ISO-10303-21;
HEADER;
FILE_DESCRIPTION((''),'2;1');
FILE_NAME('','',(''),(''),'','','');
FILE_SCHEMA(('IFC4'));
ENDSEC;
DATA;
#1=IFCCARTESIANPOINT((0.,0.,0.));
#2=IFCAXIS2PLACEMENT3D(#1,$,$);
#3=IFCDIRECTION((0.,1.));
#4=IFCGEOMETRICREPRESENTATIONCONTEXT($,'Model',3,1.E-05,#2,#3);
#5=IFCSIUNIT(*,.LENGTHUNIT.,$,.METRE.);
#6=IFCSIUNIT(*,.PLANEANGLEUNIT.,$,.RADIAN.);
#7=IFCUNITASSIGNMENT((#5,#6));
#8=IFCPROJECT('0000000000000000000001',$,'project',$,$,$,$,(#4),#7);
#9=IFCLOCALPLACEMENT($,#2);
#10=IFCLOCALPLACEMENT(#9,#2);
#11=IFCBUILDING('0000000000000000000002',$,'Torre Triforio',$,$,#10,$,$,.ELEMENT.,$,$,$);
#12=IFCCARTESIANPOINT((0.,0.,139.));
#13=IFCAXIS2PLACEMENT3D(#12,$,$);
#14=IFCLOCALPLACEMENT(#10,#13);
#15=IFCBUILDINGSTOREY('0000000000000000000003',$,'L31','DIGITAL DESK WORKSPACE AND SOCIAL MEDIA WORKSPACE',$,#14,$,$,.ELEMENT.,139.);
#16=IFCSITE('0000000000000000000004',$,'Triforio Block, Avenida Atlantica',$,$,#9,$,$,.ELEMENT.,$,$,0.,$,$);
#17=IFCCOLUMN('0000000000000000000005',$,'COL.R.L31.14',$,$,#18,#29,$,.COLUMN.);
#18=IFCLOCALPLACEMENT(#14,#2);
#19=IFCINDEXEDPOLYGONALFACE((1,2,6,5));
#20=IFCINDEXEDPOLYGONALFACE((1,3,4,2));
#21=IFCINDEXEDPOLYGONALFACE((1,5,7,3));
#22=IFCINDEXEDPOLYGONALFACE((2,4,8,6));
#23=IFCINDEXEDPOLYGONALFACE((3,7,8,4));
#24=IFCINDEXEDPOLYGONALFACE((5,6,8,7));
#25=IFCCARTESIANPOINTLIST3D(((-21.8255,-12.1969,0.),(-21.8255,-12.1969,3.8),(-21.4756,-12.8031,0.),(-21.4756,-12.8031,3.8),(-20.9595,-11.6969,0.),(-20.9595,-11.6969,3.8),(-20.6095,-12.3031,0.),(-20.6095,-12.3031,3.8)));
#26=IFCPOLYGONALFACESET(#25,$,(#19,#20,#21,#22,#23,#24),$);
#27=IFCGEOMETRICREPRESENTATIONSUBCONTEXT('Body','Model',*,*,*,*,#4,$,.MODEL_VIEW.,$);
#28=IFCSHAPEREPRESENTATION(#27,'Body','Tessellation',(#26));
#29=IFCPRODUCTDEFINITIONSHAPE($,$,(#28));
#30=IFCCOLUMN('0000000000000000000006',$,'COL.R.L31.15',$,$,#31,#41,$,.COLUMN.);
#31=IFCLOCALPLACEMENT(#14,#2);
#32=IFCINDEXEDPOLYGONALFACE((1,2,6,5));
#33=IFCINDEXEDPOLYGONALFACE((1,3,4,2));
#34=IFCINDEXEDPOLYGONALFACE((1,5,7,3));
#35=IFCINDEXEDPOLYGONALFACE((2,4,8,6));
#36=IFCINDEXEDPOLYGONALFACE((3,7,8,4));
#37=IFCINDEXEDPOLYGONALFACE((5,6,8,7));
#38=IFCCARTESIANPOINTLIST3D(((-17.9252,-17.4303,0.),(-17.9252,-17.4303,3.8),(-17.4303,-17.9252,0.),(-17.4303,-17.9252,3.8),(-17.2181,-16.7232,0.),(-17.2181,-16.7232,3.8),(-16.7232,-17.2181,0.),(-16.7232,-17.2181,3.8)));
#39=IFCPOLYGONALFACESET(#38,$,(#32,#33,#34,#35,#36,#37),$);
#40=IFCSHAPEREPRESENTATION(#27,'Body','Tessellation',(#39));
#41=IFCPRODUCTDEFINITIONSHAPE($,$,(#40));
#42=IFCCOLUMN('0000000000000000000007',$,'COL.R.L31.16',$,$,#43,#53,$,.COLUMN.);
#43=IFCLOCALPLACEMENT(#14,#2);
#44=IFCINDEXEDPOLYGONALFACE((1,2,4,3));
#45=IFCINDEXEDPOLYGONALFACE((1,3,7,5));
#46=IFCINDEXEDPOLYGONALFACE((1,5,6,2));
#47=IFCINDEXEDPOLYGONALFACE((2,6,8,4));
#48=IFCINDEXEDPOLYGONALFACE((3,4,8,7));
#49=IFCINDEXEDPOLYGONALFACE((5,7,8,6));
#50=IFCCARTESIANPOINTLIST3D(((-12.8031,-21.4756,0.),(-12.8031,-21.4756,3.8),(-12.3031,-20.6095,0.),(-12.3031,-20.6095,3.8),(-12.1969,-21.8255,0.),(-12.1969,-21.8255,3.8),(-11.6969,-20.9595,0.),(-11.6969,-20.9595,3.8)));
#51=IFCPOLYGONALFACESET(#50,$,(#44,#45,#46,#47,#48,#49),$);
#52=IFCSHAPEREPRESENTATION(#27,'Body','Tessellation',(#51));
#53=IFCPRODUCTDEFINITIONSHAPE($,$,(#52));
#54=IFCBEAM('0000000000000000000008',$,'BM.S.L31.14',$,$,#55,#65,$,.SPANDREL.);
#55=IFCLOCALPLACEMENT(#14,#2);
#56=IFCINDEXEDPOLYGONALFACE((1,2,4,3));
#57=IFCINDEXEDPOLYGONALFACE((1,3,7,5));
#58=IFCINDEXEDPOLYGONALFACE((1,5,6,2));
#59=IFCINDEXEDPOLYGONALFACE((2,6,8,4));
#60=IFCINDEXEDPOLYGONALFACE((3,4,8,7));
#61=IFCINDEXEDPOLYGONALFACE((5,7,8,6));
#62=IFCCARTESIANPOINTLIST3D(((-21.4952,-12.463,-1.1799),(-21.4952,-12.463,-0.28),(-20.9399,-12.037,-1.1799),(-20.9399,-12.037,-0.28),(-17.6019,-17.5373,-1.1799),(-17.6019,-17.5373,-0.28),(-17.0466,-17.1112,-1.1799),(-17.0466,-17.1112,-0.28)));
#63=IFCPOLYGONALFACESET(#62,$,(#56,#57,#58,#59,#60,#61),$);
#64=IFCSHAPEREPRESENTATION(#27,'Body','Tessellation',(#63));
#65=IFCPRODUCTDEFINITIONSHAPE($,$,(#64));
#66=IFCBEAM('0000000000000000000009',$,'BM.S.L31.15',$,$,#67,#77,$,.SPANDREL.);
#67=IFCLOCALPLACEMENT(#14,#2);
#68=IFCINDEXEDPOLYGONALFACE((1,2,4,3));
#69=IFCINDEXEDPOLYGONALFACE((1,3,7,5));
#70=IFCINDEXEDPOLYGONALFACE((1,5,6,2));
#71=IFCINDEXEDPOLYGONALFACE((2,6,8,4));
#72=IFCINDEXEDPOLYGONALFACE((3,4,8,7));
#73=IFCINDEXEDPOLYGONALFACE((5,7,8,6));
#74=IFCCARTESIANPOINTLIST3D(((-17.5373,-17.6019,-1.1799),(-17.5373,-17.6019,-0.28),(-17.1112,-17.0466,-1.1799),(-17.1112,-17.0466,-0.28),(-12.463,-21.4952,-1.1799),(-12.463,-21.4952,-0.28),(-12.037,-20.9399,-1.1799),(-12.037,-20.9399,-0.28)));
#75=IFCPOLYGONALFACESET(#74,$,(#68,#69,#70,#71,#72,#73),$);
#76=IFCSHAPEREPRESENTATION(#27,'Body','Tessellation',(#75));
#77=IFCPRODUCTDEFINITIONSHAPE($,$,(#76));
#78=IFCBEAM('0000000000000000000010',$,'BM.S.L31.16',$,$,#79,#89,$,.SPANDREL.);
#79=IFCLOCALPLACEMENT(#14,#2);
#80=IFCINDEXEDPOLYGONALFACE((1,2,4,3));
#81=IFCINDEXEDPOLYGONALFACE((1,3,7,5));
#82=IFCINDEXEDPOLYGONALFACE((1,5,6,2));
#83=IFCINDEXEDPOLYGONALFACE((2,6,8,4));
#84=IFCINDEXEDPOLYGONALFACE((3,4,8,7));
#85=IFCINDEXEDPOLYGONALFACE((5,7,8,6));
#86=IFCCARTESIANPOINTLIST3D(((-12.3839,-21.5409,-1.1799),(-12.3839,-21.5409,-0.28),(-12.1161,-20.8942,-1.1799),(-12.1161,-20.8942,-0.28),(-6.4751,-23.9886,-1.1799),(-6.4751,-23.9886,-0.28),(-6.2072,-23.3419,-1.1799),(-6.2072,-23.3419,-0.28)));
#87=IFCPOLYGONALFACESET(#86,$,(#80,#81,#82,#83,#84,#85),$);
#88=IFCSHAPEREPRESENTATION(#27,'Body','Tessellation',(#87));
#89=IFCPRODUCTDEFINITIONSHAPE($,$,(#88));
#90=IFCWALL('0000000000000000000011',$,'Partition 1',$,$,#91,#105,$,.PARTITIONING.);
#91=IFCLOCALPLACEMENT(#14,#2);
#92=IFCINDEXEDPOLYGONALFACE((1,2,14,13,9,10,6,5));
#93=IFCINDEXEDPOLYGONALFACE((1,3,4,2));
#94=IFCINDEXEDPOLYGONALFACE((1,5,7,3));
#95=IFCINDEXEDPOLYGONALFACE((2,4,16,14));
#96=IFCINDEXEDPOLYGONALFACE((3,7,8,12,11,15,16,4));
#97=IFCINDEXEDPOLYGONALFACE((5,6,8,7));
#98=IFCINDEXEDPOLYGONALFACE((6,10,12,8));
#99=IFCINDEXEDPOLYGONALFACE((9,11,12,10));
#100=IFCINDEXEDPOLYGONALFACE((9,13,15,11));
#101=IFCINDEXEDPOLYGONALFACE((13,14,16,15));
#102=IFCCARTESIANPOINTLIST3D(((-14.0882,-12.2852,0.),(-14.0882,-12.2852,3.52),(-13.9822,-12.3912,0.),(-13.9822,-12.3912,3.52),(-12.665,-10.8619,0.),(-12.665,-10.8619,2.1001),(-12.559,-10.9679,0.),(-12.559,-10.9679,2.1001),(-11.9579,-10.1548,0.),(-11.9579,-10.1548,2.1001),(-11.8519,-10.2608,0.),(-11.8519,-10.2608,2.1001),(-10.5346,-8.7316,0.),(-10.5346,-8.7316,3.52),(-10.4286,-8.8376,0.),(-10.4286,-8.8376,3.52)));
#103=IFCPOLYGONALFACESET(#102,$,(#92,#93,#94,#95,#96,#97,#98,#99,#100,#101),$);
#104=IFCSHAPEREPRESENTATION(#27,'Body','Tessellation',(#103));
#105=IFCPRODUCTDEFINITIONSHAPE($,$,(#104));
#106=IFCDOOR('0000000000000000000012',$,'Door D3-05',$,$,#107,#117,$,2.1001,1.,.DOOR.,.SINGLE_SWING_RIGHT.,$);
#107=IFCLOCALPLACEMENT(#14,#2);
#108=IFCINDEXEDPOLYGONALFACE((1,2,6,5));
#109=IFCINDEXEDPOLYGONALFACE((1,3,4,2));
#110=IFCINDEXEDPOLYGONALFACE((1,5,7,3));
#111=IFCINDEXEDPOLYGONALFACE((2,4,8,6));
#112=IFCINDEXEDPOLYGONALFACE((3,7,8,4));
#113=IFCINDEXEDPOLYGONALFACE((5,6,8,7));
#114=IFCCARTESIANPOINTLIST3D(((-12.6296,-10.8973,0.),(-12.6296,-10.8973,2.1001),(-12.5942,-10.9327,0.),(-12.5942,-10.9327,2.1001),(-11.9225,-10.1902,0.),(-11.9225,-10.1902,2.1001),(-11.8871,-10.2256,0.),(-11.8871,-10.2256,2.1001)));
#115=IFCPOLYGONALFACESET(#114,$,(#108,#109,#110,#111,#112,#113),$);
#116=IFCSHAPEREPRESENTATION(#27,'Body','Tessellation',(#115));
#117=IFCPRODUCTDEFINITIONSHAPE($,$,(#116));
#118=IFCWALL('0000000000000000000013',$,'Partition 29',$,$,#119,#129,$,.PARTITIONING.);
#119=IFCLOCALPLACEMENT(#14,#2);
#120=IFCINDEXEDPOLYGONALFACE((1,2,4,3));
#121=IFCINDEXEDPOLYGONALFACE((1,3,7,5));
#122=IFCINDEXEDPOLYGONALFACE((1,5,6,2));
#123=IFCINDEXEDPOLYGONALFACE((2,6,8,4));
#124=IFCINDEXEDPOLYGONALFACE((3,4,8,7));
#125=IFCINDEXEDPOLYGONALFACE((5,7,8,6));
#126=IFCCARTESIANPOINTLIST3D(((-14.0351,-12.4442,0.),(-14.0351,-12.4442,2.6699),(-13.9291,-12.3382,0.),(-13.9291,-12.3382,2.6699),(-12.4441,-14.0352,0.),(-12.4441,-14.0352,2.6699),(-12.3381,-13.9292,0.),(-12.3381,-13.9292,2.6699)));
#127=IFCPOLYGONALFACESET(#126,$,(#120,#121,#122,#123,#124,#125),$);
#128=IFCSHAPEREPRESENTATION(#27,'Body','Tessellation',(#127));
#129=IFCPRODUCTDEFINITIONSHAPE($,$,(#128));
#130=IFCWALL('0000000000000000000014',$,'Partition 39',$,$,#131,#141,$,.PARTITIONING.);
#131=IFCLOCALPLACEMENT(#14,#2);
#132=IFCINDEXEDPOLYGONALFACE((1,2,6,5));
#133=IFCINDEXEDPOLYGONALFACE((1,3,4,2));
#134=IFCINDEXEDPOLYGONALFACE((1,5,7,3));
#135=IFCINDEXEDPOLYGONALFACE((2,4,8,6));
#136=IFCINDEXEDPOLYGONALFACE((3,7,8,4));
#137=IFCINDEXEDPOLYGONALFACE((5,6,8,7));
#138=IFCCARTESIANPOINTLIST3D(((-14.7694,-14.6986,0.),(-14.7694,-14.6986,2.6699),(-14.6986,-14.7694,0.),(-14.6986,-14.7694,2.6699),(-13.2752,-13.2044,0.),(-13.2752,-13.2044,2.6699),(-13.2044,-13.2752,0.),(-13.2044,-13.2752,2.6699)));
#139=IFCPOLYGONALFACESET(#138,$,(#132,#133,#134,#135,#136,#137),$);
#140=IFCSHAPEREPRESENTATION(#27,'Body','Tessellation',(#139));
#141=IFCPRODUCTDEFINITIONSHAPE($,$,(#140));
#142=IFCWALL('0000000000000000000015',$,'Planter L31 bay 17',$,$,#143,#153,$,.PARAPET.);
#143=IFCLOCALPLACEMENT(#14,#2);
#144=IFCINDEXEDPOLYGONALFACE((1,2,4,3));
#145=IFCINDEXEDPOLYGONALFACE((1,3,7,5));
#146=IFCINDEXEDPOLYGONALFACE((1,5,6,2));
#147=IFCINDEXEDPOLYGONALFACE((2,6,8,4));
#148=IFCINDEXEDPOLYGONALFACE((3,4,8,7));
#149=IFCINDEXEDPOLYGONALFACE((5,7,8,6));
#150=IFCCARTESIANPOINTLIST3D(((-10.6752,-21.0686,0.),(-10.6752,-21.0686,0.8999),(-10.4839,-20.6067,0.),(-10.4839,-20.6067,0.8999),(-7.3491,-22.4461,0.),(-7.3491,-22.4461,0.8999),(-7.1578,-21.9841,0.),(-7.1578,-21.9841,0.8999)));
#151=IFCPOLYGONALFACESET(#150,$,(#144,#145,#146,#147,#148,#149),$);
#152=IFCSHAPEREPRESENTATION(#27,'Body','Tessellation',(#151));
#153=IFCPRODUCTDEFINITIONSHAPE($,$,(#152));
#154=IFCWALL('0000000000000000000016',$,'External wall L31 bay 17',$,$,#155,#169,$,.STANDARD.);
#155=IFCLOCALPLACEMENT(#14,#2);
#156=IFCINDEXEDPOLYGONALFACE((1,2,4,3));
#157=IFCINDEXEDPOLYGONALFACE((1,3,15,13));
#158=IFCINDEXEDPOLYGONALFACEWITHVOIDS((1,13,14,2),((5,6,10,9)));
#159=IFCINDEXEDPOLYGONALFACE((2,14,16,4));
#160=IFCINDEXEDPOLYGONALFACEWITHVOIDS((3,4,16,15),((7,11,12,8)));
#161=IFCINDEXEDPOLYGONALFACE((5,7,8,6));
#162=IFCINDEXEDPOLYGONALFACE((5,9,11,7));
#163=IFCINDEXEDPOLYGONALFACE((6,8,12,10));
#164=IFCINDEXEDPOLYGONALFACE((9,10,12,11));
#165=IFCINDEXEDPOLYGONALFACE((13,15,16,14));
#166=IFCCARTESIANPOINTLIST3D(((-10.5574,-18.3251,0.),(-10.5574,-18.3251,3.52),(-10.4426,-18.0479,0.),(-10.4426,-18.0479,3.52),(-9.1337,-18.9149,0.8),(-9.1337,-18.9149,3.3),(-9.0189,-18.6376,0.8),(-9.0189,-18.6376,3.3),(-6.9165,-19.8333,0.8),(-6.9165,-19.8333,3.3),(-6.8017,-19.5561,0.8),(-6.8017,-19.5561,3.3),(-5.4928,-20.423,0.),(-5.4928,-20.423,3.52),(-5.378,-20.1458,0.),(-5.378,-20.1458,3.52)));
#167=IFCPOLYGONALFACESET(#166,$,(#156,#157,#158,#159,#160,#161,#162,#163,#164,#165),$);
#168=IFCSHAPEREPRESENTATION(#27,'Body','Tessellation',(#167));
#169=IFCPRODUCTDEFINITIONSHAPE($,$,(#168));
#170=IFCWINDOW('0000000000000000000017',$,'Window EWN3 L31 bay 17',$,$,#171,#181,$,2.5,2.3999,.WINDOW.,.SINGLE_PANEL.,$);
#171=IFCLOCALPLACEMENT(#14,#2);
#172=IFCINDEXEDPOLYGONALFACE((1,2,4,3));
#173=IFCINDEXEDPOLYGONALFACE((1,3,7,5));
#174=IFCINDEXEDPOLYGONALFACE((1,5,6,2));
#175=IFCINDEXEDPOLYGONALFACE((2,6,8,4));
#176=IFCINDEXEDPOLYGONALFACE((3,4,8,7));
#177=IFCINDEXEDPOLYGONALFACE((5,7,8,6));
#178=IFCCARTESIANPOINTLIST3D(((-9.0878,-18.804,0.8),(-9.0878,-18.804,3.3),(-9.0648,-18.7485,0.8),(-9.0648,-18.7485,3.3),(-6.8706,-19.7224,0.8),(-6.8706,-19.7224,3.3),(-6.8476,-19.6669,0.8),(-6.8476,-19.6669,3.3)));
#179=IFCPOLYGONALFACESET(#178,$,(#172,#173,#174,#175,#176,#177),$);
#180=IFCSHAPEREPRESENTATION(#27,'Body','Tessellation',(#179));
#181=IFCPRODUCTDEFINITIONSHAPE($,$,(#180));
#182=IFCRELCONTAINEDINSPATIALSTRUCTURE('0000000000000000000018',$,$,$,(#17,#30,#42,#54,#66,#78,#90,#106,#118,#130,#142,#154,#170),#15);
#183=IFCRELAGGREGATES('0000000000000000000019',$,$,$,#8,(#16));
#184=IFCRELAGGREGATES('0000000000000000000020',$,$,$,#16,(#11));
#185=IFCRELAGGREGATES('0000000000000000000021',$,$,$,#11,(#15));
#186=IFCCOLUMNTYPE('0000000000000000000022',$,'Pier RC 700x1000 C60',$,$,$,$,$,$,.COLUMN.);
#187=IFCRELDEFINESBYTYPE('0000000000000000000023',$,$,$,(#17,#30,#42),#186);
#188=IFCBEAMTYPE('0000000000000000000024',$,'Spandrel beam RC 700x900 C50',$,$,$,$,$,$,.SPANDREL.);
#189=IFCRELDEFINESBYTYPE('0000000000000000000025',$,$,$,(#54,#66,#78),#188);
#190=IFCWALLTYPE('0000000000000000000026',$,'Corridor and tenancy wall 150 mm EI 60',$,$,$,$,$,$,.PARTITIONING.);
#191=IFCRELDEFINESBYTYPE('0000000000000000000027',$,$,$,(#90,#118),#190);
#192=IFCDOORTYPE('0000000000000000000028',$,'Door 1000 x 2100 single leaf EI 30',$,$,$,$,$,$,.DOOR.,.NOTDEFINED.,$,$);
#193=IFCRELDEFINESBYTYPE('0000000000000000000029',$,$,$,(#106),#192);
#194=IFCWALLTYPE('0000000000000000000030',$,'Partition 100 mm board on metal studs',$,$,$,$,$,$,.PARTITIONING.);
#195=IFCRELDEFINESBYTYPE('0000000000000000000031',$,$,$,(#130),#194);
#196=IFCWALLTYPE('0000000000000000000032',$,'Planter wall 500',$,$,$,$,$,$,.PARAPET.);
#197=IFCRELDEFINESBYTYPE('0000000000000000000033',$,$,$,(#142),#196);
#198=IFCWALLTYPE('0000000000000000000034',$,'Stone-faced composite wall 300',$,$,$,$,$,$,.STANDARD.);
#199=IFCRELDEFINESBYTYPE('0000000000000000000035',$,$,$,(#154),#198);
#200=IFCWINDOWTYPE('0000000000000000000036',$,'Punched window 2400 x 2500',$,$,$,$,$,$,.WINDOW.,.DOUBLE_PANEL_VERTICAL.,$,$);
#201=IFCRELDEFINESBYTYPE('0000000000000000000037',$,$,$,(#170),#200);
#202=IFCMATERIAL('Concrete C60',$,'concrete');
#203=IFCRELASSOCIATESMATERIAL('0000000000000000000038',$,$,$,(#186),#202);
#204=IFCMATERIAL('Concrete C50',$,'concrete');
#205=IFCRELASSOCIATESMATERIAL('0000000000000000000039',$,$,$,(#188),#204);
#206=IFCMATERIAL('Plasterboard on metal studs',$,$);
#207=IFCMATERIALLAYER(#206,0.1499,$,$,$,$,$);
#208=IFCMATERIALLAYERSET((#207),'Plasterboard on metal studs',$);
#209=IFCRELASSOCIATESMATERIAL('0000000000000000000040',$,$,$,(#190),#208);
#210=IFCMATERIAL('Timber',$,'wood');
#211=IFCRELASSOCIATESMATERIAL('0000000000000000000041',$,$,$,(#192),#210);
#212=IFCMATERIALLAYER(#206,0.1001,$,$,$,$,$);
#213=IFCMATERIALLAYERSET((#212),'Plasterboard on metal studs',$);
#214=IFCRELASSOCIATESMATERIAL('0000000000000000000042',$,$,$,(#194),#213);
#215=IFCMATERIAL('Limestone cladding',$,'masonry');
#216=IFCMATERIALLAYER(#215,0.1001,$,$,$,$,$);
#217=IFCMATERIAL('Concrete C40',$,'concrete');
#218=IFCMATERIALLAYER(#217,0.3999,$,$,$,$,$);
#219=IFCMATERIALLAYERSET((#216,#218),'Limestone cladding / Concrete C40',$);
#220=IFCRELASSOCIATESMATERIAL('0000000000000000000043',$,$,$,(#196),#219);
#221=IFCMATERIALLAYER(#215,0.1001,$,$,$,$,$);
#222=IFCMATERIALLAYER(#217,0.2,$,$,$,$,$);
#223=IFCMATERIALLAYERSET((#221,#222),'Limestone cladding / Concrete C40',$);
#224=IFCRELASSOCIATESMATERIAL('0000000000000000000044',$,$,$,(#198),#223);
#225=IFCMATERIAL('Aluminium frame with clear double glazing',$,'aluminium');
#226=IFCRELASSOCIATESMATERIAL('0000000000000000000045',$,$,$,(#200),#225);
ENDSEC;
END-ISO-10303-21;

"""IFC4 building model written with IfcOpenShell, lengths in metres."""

from ifc_helpers import new_model, si_unit, direction, frame, frame_2d, origin, origin_2d, place, context, subcontext, project, spatial, rectangle, extrude, material, layer, layer_set, material_profile, profile_set, type_object, element, fill, save


model = new_model("IFC4")

# Units and contexts
model_context = context("Model", 3, precision=1e-05, world=origin(), true_north=direction((0.0, 1.0)))
body_context = subcontext(model_context, "Body", "Model", "MODEL_VIEW")
ifc_project = project(units=[si_unit("LENGTHUNIT", "METRE"), si_unit("PLANEANGLEUNIT", "RADIAN")], contexts=[model_context])

# Site, building, storey
site_placement = place(None, origin())
site = spatial("IfcSite", under=ifc_project, at=site_placement, Name="Triforio Block, Avenida Atlantica", CompositionType="ELEMENT", RefElevation=0.0)
building_placement = place(site_placement, origin())
building = spatial("IfcBuilding", under=site, at=building_placement, Name="Torre Triforio", CompositionType="ELEMENT")
storey_placement = place(building_placement, frame((0.0, 0.0, 139.0)))
storey = spatial("IfcBuildingStorey", under=building, at=storey_placement, Name="L31", Description="DIGITAL DESK WORKSPACE AND SOCIAL MEDIA WORKSPACE", CompositionType="ELEMENT", Elevation=139.0)

# Columns
ifc_material_1 = material(Name="Concrete C60", Category="concrete")
ifc_material_profile_1 = material_profile(ifc_material_1, rectangle(XDim=0.7, YDim=1.0, at=origin_2d()), Name="RC 700x1000")
ifc_profile_set_1 = profile_set([ifc_material_profile_1], Name="Concrete C60")
column_type = type_object("IfcColumnType", Name="Pier RC 700x1000 C60", PredefinedType="COLUMN", material=ifc_profile_set_1)
for number, where, z_axis, x_axis, name in (
    (1, (-21.2175, -12.25, 0.0), (0.0, 0.0, 1.0), (0.5, -0.866025, 0.0), "COL.R.L31.14"),
    (2, (-17.3242, -17.3242, 0.0), (0.0, 0.0, 1.0), (0.707107, -0.707107, 0.0), "COL.R.L31.15"),
    (3, (-12.25, -21.2175, 0.0), (0.0, 0.0, 1.0), (0.866025, -0.5, 0.0), "COL.R.L31.16"),
):
    element("IfcColumn", number, at=place(storey_placement, frame(where, z_axis=z_axis, x_axis=x_axis)), inside=storey, type_object=column_type, Name=name, PredefinedType="COLUMN", context=body_context, shape_type="SweptSolid", body=[
        extrude(rectangle(XDim=0.7, YDim=1.0, at=origin_2d()), origin(), (0.0, 0.0, 1.0), 3.8),
    ])

# Beams
ifc_material_2 = material(Name="Concrete C50", Category="concrete")
ifc_material_profile_2 = material_profile(ifc_material_2, rectangle(XDim=0.7, YDim=0.8999, at=origin_2d()), Name="RC 700x900")
ifc_profile_set_2 = profile_set([ifc_material_profile_2], Name="Concrete C50")
beam_type = type_object("IfcBeamType", Name="Spandrel beam RC 700x900 C50", PredefinedType="SPANDREL", material=ifc_profile_set_2)
for number, where, z_axis, x_axis, name in (
    (4, (-21.2175, -12.25, -0.73), (0.608734, -0.793374, 0.0), (0.793374, 0.608734, 0.0), "BM.S.L31.14"),
    (5, (-17.3242, -17.3242, -0.73), (0.793374, -0.608734, 0.0), (0.608734, 0.793374, 0.0), "BM.S.L31.15"),
    (6, (-12.25, -21.2175, -0.73), (0.923869, -0.382709, 0.0), (0.382709, 0.923869, 0.0), "BM.S.L31.16"),
):
    element("IfcBeam", number, at=place(storey_placement, frame(where, z_axis=z_axis, x_axis=x_axis)), inside=storey, type_object=beam_type, Name=name, PredefinedType="SPANDREL", context=body_context, shape_type="SweptSolid", body=[
        extrude(rectangle(XDim=0.7, YDim=0.8999, at=origin_2d()), origin(), (0.0, 0.0, 1.0), 6.3958),
    ])

# Wall, opening, door
ifc_material_3 = material(Name="Plasterboard on metal studs")
ifc_layer_1 = layer(ifc_material_3, 0.1499)
ifc_layer_set_1 = layer_set([ifc_layer_1], Name="Plasterboard on metal studs")
wall_type_1 = type_object("IfcWallType", Name="Corridor and tenancy wall 150 mm EI 60", PredefinedType="PARTITIONING", material=ifc_layer_set_1)
wall_1_placement = place(storey_placement, frame((-14.0352, -12.3381, 0.0), z_axis=(0.0, 0.0, 1.0), x_axis=(0.707107, 0.707107, 0.0)))
wall_1 = element("IfcWall", 7, at=wall_1_placement, inside=storey, type_object=wall_type_1, Name="Partition 1", PredefinedType="PARTITIONING", context=body_context, shape_type="SweptSolid", body=[
    extrude(rectangle(XDim=5.0256, YDim=0.1499, at=frame_2d((2.5127, 0.0))), origin(), (0.0, 0.0, 1.0), 3.52),
])
opening_1_placement = place(wall_1_placement, frame((2.0127, 0.0, 0.0)))
opening_1 = element("IfcOpeningElement", 8, at=opening_1_placement, cuts=wall_1, PredefinedType="OPENING", context=body_context, shape_type="SweptSolid", body=[
    extrude(rectangle(XDim=1.0, YDim=2.1001, at=frame_2d((0.5, 1.05))), frame((0.0, 0.085, 0.0), z_axis=(0.0, -1.0, 0.0), x_axis=(1.0, 0.0, 0.0)), (0.0, 0.0, 1.0), 0.1699),
])
ifc_material_4 = material(Name="Timber", Category="wood")
door_type_1 = type_object("IfcDoorType", Name="Door 1000 x 2100 single leaf EI 30", OperationType="NOTDEFINED", PredefinedType="DOOR", material=ifc_material_4)
door_1_placement = place(opening_1_placement, origin())
door_1 = element("IfcDoor", 9, at=door_1_placement, inside=storey, type_object=door_type_1, Name="Door D3-05", OperationType="SINGLE_SWING_RIGHT", OverallHeight=2.1001, OverallWidth=1.0, PredefinedType="DOOR", context=body_context, shape_type="SweptSolid", body=[
    extrude(rectangle(XDim=1.0, YDim=2.1001, at=frame_2d((0.5, 1.05))), frame((0.0, 0.0249, 0.0), z_axis=(0.0, -1.0, 0.0), x_axis=(1.0, 0.0, 0.0)), (0.0, 0.0, 1.0), 0.05),
])
fill(opening_1, door_1)

# Walls
wall_2_placement = place(storey_placement, frame((-12.3911, -13.9822, 0.0), z_axis=(0.0, 0.0, 1.0), x_axis=(-0.707107, 0.707107, 0.0)))
element("IfcWall", 10, at=wall_2_placement, inside=storey, type_object=wall_type_1, Name="Partition 29", PredefinedType="PARTITIONING", context=body_context, shape_type="SweptSolid", body=[
    extrude(rectangle(XDim=2.25, YDim=0.1499, at=frame_2d((1.125, 0.0))), origin(), (0.0, 0.0, 1.0), 2.6699),
])
ifc_layer_2 = layer(ifc_material_3, 0.1001)
ifc_layer_set_2 = layer_set([ifc_layer_2], Name="Plasterboard on metal studs")
wall_type_2 = type_object("IfcWallType", Name="Partition 100 mm board on metal studs", PredefinedType="PARTITIONING", material=ifc_layer_set_2)
wall_3_placement = place(storey_placement, frame((-13.2397, -13.2397, 0.0), z_axis=(0.0, 0.0, 1.0), x_axis=(-0.707107, -0.707107, 0.0)))
element("IfcWall", 11, at=wall_3_placement, inside=storey, type_object=wall_type_2, Name="Partition 39", PredefinedType="PARTITIONING", context=body_context, shape_type="SweptSolid", body=[
    extrude(rectangle(XDim=2.113, YDim=0.1001, at=frame_2d((1.0566, 0.0))), origin(), (0.0, 0.0, 1.0), 2.6699),
])
ifc_material_5 = material(Name="Limestone cladding", Category="masonry")
ifc_layer_3 = layer(ifc_material_5, 0.1001)
ifc_material_6 = material(Name="Concrete C40", Category="concrete")
ifc_layer_4 = layer(ifc_material_6, 0.3999)
ifc_layer_set_3 = layer_set([ifc_layer_3, ifc_layer_4], Name="Limestone cladding / Concrete C40")
wall_type_3 = type_object("IfcWallType", Name="Planter wall 500", PredefinedType="PARAPET", material=ifc_layer_set_3)
wall_4_placement = place(storey_placement, frame((-10.5796, -20.8376, 0.0), z_axis=(0.0, 0.0, 1.0), x_axis=(0.923909, -0.382611, 0.0)))
element("IfcWall", 12, at=wall_4_placement, inside=storey, type_object=wall_type_3, Name="Planter L31 bay 17", PredefinedType="PARAPET", context=body_context, shape_type="SweptSolid", body=[
    extrude(rectangle(XDim=3.6001, YDim=0.5, at=frame_2d((1.8, 0.0))), origin(), (0.0, 0.0, 1.0), 0.8999),
])

# Shared definitions
ifc_layer_5 = layer(ifc_material_5, 0.1001)
ifc_layer_6 = layer(ifc_material_6, 0.2)
ifc_layer_set_4 = layer_set([ifc_layer_5, ifc_layer_6], Name="Limestone cladding / Concrete C40")
wall_type_4 = type_object("IfcWallType", Name="Stone-faced composite wall 300", PredefinedType="STANDARD", material=ifc_layer_set_4)
ifc_material_7 = material(Name="Aluminium frame with clear double glazing", Category="aluminium")

# Wall, opening, window
wall_5_placement = place(storey_placement, frame((-10.5, -18.1865, 0.0), z_axis=(0.0, 0.0, 1.0), x_axis=(0.923877, -0.382689, 0.0)))
wall_5 = element("IfcWall", 13, at=wall_5_placement, inside=storey, type_object=wall_type_4, Name="External wall L31 bay 17", PredefinedType="STANDARD", context=body_context, shape_type="SweptSolid", body=[
    extrude(rectangle(XDim=5.4819, YDim=0.3, at=frame_2d((2.741, 0.0))), origin(), (0.0, 0.0, 1.0), 3.52),
])
opening_2_placement = place(wall_5_placement, frame((1.541, 0.0, 0.8)))
opening_2 = element("IfcOpeningElement", 14, at=opening_2_placement, cuts=wall_5, PredefinedType="OPENING", context=body_context, shape_type="SweptSolid", body=[
    extrude(rectangle(XDim=2.3999, YDim=2.5, at=frame_2d((1.2, 1.25))), frame((0.0, 0.1599, 0.0), z_axis=(0.0, -1.0, 0.0), x_axis=(1.0, 0.0, 0.0)), (0.0, 0.0, 1.0), 0.3201),
])
window_type_1 = type_object("IfcWindowType", Name="Punched window 2400 x 2500", PartitioningType="DOUBLE_PANEL_VERTICAL", PredefinedType="WINDOW", material=ifc_material_7)
window_1_placement = place(opening_2_placement, origin())
window_1 = element("IfcWindow", 15, at=window_1_placement, inside=storey, type_object=window_type_1, Name="Window EWN3 L31 bay 17", OverallHeight=2.5, OverallWidth=2.3999, PartitioningType="SINGLE_PANEL", PredefinedType="WINDOW", context=body_context, shape_type="SweptSolid", body=[
    extrude(rectangle(XDim=2.3999, YDim=2.5, at=frame_2d((1.2, 1.25))), frame((0.0, 0.03, 0.0), z_axis=(0.0, -1.0, 0.0), x_axis=(1.0, 0.0, 0.0)), (0.0, 0.0, 1.0), 0.0601),
])
fill(opening_2, window_1)

save(model, "model.ifc")
